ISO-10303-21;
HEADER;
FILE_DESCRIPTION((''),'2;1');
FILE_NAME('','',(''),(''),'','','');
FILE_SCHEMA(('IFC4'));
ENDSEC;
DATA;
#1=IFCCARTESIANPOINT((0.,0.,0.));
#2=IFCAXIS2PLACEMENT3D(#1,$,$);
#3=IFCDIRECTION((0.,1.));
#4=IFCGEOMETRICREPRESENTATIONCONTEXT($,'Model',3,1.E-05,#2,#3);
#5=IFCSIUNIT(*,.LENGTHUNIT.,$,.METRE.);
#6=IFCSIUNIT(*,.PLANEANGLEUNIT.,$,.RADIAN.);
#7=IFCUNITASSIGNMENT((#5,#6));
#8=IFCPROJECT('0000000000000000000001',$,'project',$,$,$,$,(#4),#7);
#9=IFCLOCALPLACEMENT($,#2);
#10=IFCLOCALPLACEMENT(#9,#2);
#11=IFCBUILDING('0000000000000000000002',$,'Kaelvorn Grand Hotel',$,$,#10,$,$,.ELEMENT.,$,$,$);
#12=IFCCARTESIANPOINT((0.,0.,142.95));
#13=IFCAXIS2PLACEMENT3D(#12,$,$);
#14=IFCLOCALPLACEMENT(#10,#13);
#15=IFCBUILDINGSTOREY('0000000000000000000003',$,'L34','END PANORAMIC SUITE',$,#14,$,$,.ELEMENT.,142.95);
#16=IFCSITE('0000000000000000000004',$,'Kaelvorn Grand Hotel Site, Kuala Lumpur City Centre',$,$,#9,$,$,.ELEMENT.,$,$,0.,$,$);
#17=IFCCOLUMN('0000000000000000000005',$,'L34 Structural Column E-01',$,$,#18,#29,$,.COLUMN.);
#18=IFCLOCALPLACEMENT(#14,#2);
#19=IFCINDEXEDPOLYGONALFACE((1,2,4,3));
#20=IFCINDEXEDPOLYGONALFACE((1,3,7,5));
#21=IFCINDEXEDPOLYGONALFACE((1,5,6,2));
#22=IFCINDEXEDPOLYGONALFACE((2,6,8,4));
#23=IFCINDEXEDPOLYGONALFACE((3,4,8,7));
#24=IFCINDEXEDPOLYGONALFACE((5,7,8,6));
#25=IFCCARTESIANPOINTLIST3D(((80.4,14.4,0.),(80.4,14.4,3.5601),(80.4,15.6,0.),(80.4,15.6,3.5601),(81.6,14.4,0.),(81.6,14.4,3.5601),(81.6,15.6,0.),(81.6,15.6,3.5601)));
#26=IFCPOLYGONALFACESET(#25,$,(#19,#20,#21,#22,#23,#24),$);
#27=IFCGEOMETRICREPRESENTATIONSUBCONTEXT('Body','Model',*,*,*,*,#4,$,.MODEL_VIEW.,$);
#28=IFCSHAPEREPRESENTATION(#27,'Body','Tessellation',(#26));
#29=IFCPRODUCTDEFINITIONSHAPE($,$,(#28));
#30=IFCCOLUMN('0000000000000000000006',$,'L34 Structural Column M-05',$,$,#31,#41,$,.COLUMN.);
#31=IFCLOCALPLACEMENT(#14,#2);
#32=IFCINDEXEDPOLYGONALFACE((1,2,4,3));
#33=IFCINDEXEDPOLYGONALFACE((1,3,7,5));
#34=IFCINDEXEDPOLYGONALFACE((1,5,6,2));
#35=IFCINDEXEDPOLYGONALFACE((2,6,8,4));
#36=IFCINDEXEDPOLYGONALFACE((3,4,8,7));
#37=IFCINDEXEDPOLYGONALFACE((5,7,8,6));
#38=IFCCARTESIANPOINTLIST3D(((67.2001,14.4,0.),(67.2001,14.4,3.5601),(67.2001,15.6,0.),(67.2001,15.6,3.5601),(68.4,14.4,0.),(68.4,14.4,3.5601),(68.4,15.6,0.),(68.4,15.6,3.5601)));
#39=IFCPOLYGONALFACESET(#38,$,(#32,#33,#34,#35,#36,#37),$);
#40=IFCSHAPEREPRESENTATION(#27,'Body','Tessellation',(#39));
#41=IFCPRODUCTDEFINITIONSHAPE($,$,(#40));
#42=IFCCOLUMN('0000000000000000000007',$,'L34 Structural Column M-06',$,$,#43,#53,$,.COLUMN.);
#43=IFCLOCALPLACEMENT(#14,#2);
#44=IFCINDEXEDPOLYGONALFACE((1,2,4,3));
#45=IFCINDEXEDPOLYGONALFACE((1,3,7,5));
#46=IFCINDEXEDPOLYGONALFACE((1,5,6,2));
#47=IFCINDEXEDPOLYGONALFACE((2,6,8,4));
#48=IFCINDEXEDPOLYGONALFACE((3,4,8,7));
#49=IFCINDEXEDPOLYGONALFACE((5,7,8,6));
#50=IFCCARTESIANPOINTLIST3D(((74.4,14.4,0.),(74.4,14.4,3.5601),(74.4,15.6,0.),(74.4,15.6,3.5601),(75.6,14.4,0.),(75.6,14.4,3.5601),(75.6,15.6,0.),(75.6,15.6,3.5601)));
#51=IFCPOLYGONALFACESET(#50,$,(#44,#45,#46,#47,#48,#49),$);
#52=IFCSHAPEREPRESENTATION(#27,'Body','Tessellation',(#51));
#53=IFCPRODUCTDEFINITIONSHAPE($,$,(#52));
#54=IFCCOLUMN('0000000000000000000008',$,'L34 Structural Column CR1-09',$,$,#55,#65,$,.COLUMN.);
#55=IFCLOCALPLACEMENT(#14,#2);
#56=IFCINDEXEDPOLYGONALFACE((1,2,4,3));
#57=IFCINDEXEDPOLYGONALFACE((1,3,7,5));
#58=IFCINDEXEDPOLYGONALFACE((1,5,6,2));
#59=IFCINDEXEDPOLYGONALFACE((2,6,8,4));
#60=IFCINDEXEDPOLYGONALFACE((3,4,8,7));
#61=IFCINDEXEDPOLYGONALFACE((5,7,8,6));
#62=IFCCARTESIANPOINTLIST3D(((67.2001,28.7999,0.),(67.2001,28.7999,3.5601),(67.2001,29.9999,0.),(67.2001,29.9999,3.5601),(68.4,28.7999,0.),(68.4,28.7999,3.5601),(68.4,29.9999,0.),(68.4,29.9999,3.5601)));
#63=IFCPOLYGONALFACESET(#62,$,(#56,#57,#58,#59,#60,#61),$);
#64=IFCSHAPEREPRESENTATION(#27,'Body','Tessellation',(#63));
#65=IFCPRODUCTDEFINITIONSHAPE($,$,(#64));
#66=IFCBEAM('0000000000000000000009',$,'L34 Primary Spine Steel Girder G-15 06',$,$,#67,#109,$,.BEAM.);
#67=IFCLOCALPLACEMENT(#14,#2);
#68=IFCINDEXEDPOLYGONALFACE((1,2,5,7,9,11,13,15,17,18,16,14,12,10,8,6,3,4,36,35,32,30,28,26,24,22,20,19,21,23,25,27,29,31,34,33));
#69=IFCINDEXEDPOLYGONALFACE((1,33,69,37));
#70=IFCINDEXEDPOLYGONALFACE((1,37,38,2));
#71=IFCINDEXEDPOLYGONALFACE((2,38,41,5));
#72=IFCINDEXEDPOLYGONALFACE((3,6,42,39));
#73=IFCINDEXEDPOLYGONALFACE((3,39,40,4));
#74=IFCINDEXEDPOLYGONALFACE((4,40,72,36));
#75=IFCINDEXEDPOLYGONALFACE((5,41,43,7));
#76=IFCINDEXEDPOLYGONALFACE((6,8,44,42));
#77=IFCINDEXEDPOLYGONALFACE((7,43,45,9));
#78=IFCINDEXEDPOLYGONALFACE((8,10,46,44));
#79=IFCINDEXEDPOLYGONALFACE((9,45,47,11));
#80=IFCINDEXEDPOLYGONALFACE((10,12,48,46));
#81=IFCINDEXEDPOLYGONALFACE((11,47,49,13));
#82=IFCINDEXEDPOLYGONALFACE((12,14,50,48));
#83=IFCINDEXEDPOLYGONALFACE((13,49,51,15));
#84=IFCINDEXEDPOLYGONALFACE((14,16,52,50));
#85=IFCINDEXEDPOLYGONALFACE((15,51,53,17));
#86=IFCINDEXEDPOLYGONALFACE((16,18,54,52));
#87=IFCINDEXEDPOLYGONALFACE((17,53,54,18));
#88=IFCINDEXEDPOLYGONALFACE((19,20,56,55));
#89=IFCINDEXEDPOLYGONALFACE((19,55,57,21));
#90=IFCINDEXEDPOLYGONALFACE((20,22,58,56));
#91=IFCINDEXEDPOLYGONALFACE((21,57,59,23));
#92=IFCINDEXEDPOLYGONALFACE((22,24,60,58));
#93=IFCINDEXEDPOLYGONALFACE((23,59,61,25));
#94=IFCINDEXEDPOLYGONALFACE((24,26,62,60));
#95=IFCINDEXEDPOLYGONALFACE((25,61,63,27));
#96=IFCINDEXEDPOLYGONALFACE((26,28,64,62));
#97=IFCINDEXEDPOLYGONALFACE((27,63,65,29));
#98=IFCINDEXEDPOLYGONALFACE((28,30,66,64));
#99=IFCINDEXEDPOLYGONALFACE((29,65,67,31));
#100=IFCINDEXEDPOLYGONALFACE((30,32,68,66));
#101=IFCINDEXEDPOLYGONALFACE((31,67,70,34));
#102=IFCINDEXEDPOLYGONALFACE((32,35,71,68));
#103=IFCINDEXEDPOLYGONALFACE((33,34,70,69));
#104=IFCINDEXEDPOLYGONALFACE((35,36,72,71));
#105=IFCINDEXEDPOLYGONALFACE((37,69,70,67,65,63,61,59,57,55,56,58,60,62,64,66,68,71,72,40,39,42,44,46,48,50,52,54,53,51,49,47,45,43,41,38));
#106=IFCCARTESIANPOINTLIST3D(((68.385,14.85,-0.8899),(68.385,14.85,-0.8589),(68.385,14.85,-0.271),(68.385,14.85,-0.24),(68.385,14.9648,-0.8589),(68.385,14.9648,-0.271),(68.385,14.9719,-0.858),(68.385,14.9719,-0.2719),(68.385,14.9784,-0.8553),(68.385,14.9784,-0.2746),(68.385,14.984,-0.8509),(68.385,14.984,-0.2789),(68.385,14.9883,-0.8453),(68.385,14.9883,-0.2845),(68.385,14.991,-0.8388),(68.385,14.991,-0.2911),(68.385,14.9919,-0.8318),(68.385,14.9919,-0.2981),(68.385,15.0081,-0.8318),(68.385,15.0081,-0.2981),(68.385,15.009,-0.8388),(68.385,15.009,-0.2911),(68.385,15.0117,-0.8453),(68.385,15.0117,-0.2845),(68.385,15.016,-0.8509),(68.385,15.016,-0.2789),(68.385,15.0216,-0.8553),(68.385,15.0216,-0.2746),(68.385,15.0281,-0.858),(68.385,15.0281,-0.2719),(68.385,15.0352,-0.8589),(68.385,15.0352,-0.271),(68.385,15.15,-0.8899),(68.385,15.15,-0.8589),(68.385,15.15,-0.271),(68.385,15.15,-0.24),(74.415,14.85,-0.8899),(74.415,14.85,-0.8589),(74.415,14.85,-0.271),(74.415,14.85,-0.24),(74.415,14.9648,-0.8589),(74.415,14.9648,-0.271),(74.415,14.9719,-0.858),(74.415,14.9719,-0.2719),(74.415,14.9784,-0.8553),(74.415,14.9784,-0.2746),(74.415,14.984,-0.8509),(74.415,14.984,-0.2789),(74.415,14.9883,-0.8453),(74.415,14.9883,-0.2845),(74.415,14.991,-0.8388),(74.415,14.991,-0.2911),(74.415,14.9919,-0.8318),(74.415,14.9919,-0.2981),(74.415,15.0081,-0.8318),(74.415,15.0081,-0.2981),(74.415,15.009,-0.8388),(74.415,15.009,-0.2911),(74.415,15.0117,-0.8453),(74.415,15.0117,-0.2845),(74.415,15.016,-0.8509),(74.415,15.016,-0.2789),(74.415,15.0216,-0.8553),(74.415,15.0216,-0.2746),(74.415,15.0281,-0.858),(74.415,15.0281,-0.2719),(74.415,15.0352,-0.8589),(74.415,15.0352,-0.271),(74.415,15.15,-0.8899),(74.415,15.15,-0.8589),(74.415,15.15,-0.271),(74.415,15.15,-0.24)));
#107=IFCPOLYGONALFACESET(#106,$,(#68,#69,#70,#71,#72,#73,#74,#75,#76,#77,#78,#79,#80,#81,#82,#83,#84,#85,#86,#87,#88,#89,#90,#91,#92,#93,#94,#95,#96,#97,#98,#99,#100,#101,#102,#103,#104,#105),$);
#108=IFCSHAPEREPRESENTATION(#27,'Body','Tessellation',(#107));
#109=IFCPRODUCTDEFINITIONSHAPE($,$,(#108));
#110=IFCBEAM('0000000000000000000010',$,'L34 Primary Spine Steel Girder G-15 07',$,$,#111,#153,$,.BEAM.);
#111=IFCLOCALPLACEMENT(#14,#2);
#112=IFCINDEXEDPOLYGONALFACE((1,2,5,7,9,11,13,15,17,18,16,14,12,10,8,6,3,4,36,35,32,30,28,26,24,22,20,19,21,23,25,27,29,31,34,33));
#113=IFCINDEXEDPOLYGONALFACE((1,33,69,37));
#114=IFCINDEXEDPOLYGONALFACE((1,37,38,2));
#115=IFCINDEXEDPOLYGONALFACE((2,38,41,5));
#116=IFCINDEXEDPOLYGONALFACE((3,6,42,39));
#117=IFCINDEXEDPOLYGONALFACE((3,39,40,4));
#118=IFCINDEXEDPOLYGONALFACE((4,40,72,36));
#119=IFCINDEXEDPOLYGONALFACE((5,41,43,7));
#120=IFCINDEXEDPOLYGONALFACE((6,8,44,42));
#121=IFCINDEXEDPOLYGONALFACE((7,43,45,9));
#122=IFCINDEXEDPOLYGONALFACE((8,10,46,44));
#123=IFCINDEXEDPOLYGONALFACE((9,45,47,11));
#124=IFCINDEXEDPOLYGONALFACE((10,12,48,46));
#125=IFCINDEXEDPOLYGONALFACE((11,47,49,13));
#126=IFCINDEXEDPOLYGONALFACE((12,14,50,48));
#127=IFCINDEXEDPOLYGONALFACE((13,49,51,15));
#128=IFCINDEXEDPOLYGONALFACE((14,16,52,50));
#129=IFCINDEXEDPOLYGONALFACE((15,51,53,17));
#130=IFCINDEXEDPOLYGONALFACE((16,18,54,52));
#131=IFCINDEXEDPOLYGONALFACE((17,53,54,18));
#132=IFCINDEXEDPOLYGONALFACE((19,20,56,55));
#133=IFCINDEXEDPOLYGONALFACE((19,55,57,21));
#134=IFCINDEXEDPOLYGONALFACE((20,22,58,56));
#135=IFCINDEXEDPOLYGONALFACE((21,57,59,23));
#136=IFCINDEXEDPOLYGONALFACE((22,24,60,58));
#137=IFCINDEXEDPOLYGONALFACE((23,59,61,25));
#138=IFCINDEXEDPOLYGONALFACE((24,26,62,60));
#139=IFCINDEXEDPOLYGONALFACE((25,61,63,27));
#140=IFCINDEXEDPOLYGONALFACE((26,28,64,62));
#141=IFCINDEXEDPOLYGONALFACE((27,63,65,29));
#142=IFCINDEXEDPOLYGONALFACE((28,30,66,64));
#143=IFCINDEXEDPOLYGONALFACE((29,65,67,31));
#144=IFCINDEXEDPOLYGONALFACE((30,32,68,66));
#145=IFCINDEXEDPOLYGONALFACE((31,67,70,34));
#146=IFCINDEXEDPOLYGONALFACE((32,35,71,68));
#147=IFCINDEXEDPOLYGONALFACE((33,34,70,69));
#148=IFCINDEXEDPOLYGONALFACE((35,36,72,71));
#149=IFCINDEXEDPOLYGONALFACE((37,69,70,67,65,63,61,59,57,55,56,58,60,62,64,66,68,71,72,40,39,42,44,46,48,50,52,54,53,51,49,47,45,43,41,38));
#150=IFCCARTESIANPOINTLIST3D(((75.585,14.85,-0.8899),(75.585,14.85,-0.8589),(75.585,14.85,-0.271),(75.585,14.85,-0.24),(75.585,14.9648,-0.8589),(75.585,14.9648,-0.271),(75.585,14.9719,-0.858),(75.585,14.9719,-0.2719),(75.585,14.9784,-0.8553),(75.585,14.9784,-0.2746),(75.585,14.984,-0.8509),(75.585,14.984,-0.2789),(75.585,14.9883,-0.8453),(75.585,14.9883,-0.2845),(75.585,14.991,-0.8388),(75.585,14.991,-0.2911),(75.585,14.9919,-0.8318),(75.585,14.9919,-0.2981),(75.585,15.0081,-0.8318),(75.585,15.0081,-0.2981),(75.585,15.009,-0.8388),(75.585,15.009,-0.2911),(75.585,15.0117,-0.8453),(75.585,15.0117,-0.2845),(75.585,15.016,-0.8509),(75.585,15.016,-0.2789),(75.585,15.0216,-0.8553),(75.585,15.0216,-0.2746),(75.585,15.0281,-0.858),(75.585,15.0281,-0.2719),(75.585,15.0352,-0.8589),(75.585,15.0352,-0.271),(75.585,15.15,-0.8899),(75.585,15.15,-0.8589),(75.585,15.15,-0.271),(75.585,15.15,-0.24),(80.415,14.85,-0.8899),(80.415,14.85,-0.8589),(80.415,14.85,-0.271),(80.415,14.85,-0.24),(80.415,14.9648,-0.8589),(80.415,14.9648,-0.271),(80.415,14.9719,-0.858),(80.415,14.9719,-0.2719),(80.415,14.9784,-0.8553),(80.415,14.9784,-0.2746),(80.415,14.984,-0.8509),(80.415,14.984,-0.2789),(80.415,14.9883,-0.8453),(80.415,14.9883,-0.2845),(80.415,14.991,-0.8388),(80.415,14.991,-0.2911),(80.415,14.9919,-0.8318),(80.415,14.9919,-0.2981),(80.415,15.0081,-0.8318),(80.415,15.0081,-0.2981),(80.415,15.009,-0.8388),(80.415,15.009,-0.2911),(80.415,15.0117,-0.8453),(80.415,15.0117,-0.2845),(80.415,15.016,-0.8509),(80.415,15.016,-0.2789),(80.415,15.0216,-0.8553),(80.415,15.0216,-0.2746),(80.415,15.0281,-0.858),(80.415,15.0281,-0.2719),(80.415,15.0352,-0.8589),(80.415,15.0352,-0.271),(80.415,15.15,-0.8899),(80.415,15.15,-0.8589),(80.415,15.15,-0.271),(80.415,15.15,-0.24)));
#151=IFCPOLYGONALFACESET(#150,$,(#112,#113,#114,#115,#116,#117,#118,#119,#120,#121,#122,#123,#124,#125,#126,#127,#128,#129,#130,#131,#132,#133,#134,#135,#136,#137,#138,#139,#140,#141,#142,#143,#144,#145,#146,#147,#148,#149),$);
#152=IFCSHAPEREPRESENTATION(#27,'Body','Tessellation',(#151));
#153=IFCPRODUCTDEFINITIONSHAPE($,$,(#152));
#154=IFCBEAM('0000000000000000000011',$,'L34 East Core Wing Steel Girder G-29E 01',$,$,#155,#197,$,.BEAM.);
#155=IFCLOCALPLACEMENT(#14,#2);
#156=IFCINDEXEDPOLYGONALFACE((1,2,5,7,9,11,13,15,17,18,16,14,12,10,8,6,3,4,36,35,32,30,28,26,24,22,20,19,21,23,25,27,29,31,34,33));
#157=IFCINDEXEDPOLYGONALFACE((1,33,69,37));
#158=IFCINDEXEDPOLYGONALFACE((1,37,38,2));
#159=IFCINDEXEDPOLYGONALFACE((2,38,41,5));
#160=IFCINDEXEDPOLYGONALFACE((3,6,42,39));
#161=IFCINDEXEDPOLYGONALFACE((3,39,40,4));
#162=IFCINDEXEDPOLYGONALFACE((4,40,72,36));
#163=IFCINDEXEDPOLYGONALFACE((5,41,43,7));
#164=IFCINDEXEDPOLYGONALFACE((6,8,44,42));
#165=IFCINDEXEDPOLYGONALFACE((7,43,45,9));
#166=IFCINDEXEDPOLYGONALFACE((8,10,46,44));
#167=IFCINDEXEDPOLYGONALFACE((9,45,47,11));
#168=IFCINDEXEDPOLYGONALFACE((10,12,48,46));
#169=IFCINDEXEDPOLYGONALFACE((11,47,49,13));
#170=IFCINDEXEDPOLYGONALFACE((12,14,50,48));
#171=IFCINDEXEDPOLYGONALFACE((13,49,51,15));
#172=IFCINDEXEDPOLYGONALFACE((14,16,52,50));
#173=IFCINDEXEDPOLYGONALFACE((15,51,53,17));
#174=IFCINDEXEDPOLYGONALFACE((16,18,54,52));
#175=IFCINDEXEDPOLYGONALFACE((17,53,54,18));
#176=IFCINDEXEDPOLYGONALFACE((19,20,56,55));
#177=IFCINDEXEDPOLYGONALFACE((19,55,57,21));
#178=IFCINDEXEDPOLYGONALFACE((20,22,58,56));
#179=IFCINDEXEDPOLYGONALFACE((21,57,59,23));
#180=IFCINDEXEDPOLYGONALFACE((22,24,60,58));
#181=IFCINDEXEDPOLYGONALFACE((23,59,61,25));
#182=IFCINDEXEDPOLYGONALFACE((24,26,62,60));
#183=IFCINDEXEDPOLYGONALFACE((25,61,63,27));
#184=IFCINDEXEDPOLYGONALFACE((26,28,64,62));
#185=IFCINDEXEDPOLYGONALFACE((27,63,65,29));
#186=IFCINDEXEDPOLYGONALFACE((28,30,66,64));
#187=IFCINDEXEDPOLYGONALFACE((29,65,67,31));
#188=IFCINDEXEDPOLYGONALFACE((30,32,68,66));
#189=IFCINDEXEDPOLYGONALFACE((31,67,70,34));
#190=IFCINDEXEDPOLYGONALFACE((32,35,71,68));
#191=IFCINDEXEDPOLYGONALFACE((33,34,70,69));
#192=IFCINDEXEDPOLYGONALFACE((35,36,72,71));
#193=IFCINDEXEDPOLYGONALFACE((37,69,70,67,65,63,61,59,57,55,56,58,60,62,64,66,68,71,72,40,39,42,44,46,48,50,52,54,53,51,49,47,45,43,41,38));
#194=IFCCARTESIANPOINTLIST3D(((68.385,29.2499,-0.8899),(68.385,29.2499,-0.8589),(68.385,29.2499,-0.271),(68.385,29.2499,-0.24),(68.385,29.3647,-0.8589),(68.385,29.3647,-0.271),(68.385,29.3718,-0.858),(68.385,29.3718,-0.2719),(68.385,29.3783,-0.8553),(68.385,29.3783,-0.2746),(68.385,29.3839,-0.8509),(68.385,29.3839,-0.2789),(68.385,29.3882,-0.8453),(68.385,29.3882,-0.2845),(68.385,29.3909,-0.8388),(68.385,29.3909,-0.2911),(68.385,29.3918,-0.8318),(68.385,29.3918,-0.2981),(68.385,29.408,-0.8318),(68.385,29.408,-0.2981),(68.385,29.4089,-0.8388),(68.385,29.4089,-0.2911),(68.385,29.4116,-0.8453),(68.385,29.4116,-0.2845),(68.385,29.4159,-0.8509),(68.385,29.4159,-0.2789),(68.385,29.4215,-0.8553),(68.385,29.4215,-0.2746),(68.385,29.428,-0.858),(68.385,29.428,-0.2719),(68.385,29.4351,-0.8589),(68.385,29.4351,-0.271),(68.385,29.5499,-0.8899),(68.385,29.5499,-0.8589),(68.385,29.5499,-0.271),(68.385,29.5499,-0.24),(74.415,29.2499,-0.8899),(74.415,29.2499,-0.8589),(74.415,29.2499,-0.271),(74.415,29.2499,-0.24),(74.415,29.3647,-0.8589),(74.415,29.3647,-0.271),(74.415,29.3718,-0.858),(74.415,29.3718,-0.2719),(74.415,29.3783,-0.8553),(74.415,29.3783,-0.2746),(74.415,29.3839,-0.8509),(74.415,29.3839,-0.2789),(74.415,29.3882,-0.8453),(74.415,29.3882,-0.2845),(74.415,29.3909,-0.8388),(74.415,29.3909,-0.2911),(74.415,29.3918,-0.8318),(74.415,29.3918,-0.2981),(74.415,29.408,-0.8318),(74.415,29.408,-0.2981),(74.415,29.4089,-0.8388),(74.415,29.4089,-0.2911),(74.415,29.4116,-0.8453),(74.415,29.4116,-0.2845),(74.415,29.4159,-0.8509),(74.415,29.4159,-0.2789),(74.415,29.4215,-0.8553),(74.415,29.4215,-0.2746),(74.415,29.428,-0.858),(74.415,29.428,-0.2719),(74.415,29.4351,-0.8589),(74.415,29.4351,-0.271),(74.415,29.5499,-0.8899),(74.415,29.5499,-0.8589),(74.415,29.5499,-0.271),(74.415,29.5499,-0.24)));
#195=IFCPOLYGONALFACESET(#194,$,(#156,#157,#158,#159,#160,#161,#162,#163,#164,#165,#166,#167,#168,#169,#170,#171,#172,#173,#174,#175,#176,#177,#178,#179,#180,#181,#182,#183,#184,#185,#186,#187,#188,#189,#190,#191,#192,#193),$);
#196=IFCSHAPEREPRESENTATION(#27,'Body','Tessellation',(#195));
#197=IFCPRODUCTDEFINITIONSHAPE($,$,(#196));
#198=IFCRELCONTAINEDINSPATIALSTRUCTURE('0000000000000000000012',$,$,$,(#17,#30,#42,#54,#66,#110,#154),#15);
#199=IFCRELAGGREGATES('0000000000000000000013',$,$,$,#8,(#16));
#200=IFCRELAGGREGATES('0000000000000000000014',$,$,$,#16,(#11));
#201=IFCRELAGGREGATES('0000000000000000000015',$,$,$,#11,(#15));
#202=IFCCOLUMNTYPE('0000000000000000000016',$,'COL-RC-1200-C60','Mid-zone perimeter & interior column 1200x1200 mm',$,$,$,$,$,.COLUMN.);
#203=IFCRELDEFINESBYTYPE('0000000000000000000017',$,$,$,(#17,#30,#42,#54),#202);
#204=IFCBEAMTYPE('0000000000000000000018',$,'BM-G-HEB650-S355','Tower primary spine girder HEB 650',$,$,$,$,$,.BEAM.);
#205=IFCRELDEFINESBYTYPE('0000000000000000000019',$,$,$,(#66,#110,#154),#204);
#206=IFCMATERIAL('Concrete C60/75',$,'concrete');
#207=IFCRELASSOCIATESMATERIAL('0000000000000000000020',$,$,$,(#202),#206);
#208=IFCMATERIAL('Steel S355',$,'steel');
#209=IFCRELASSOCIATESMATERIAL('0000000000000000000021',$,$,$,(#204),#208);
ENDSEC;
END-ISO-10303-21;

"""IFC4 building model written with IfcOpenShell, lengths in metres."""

from ifc_helpers import new_model, si_unit, direction, frame, origin, origin_2d, place, context, subcontext, project, spatial, rectangle, i_section, extrude, material, material_profile, profile_set, type_object, element, save


model = new_model("IFC4")

# Units and contexts
model_context = context("Model", 3, precision=1e-05, world=origin(), true_north=direction((0.0, 1.0)))
body_context = subcontext(model_context, "Body", "Model", "MODEL_VIEW")
ifc_project = project(units=[si_unit("LENGTHUNIT", "METRE"), si_unit("PLANEANGLEUNIT", "RADIAN")], contexts=[model_context])

# Site, building, storey
site_placement = place(None, origin())
site = spatial("IfcSite", under=ifc_project, at=site_placement, Name="Kaelvorn Grand Hotel Site, Kuala Lumpur City Centre", CompositionType="ELEMENT", RefElevation=0.0)
building_placement = place(site_placement, origin())
building = spatial("IfcBuilding", under=site, at=building_placement, Name="Kaelvorn Grand Hotel", CompositionType="ELEMENT")
storey_placement = place(building_placement, frame((0.0, 0.0, 142.95)))
storey = spatial("IfcBuildingStorey", under=building, at=storey_placement, Name="L34", Description="END PANORAMIC SUITE", CompositionType="ELEMENT", Elevation=142.95)

# Columns
ifc_material_1 = material(Name="Concrete C60/75", Category="concrete")
ifc_material_profile_1 = material_profile(ifc_material_1, rectangle(XDim=1.2, YDim=1.2, at=origin_2d()), Name="RC COL 1200x1200")
ifc_profile_set_1 = profile_set([ifc_material_profile_1], Name="Concrete C60/75")
column_type = type_object("IfcColumnType", Name="COL-RC-1200-C60", Description="Mid-zone perimeter & interior column 1200x1200 mm", PredefinedType="COLUMN", material=ifc_profile_set_1)
for number, where, z_axis, x_axis, name in (
    (1, (81.0, 15.0, 0.0), (0.0, 0.0, 1.0), (1.0, 0.0, 0.0), "L34 Structural Column E-01"),
    (2, (67.8, 15.0, 0.0), (0.0, 0.0, 1.0), (1.0, 0.0, 0.0), "L34 Structural Column M-05"),
    (3, (75.0, 15.0, 0.0), (0.0, 0.0, 1.0), (1.0, 0.0, 0.0), "L34 Structural Column M-06"),
    (4, (67.8, 29.3999, 0.0), (0.0, 0.0, 1.0), (1.0, 0.0, 0.0), "L34 Structural Column CR1-09"),
):
    element("IfcColumn", number, at=place(storey_placement, frame(where, z_axis=z_axis, x_axis=x_axis)), inside=storey, type_object=column_type, Name=name, PredefinedType="COLUMN", context=body_context, shape_type="SweptSolid", body=[
        extrude(rectangle(XDim=1.2, YDim=1.2, at=origin_2d()), origin(), (0.0, 0.0, 1.0), 3.5601),
    ])

# Beams
ifc_material_2 = material(Name="Steel S355", Category="steel")
ifc_material_profile_2 = material_profile(ifc_material_2, i_section(OverallWidth=0.3, OverallDepth=0.6499, WebThickness=0.0161, FlangeThickness=0.031, FilletRadius=0.0271, at=origin_2d()), Name="HEB 650")
ifc_profile_set_2 = profile_set([ifc_material_profile_2], Name="Steel S355")
beam_type_1 = type_object("IfcBeamType", Name="BM-G-HEB650-S355", Description="Tower primary spine girder HEB 650", PredefinedType="BEAM", material=ifc_profile_set_2)
beam_1_placement = place(storey_placement, frame((68.385, 15.0, -0.5649), z_axis=(1.0, 0.0, 0.0), x_axis=(0.0, 1.0, 0.0)))
element("IfcBeam", 5, at=beam_1_placement, inside=storey, type_object=beam_type_1, Name="L34 Primary Spine Steel Girder G-15 06", PredefinedType="BEAM", context=body_context, shape_type="SweptSolid", body=[
    extrude(i_section(OverallWidth=0.3, OverallDepth=0.6499, WebThickness=0.0161, FlangeThickness=0.031, FilletRadius=0.0271, at=origin_2d()), origin(), (0.0, 0.0, 1.0), 6.03),
])
beam_2_placement = place(storey_placement, frame((75.585, 15.0, -0.5649), z_axis=(1.0, 0.0, 0.0), x_axis=(0.0, 1.0, 0.0)))
element("IfcBeam", 6, at=beam_2_placement, inside=storey, type_object=beam_type_1, Name="L34 Primary Spine Steel Girder G-15 07", PredefinedType="BEAM", context=body_context, shape_type="SweptSolid", body=[
    extrude(i_section(OverallWidth=0.3, OverallDepth=0.6499, WebThickness=0.0161, FlangeThickness=0.031, FilletRadius=0.0271, at=origin_2d()), origin(), (0.0, 0.0, 1.0), 4.8301),
])
beam_3_placement = place(storey_placement, frame((68.385, 29.3999, -0.5649), z_axis=(1.0, 0.0, 0.0), x_axis=(0.0, 1.0, 0.0)))
element("IfcBeam", 7, at=beam_3_placement, inside=storey, type_object=beam_type_1, Name="L34 East Core Wing Steel Girder G-29E 01", PredefinedType="BEAM", context=body_context, shape_type="SweptSolid", body=[
    extrude(i_section(OverallWidth=0.3, OverallDepth=0.6499, WebThickness=0.0161, FlangeThickness=0.031, FilletRadius=0.0271, at=origin_2d()), origin(), (0.0, 0.0, 1.0), 6.03),
])

save(model, "model.ifc")
